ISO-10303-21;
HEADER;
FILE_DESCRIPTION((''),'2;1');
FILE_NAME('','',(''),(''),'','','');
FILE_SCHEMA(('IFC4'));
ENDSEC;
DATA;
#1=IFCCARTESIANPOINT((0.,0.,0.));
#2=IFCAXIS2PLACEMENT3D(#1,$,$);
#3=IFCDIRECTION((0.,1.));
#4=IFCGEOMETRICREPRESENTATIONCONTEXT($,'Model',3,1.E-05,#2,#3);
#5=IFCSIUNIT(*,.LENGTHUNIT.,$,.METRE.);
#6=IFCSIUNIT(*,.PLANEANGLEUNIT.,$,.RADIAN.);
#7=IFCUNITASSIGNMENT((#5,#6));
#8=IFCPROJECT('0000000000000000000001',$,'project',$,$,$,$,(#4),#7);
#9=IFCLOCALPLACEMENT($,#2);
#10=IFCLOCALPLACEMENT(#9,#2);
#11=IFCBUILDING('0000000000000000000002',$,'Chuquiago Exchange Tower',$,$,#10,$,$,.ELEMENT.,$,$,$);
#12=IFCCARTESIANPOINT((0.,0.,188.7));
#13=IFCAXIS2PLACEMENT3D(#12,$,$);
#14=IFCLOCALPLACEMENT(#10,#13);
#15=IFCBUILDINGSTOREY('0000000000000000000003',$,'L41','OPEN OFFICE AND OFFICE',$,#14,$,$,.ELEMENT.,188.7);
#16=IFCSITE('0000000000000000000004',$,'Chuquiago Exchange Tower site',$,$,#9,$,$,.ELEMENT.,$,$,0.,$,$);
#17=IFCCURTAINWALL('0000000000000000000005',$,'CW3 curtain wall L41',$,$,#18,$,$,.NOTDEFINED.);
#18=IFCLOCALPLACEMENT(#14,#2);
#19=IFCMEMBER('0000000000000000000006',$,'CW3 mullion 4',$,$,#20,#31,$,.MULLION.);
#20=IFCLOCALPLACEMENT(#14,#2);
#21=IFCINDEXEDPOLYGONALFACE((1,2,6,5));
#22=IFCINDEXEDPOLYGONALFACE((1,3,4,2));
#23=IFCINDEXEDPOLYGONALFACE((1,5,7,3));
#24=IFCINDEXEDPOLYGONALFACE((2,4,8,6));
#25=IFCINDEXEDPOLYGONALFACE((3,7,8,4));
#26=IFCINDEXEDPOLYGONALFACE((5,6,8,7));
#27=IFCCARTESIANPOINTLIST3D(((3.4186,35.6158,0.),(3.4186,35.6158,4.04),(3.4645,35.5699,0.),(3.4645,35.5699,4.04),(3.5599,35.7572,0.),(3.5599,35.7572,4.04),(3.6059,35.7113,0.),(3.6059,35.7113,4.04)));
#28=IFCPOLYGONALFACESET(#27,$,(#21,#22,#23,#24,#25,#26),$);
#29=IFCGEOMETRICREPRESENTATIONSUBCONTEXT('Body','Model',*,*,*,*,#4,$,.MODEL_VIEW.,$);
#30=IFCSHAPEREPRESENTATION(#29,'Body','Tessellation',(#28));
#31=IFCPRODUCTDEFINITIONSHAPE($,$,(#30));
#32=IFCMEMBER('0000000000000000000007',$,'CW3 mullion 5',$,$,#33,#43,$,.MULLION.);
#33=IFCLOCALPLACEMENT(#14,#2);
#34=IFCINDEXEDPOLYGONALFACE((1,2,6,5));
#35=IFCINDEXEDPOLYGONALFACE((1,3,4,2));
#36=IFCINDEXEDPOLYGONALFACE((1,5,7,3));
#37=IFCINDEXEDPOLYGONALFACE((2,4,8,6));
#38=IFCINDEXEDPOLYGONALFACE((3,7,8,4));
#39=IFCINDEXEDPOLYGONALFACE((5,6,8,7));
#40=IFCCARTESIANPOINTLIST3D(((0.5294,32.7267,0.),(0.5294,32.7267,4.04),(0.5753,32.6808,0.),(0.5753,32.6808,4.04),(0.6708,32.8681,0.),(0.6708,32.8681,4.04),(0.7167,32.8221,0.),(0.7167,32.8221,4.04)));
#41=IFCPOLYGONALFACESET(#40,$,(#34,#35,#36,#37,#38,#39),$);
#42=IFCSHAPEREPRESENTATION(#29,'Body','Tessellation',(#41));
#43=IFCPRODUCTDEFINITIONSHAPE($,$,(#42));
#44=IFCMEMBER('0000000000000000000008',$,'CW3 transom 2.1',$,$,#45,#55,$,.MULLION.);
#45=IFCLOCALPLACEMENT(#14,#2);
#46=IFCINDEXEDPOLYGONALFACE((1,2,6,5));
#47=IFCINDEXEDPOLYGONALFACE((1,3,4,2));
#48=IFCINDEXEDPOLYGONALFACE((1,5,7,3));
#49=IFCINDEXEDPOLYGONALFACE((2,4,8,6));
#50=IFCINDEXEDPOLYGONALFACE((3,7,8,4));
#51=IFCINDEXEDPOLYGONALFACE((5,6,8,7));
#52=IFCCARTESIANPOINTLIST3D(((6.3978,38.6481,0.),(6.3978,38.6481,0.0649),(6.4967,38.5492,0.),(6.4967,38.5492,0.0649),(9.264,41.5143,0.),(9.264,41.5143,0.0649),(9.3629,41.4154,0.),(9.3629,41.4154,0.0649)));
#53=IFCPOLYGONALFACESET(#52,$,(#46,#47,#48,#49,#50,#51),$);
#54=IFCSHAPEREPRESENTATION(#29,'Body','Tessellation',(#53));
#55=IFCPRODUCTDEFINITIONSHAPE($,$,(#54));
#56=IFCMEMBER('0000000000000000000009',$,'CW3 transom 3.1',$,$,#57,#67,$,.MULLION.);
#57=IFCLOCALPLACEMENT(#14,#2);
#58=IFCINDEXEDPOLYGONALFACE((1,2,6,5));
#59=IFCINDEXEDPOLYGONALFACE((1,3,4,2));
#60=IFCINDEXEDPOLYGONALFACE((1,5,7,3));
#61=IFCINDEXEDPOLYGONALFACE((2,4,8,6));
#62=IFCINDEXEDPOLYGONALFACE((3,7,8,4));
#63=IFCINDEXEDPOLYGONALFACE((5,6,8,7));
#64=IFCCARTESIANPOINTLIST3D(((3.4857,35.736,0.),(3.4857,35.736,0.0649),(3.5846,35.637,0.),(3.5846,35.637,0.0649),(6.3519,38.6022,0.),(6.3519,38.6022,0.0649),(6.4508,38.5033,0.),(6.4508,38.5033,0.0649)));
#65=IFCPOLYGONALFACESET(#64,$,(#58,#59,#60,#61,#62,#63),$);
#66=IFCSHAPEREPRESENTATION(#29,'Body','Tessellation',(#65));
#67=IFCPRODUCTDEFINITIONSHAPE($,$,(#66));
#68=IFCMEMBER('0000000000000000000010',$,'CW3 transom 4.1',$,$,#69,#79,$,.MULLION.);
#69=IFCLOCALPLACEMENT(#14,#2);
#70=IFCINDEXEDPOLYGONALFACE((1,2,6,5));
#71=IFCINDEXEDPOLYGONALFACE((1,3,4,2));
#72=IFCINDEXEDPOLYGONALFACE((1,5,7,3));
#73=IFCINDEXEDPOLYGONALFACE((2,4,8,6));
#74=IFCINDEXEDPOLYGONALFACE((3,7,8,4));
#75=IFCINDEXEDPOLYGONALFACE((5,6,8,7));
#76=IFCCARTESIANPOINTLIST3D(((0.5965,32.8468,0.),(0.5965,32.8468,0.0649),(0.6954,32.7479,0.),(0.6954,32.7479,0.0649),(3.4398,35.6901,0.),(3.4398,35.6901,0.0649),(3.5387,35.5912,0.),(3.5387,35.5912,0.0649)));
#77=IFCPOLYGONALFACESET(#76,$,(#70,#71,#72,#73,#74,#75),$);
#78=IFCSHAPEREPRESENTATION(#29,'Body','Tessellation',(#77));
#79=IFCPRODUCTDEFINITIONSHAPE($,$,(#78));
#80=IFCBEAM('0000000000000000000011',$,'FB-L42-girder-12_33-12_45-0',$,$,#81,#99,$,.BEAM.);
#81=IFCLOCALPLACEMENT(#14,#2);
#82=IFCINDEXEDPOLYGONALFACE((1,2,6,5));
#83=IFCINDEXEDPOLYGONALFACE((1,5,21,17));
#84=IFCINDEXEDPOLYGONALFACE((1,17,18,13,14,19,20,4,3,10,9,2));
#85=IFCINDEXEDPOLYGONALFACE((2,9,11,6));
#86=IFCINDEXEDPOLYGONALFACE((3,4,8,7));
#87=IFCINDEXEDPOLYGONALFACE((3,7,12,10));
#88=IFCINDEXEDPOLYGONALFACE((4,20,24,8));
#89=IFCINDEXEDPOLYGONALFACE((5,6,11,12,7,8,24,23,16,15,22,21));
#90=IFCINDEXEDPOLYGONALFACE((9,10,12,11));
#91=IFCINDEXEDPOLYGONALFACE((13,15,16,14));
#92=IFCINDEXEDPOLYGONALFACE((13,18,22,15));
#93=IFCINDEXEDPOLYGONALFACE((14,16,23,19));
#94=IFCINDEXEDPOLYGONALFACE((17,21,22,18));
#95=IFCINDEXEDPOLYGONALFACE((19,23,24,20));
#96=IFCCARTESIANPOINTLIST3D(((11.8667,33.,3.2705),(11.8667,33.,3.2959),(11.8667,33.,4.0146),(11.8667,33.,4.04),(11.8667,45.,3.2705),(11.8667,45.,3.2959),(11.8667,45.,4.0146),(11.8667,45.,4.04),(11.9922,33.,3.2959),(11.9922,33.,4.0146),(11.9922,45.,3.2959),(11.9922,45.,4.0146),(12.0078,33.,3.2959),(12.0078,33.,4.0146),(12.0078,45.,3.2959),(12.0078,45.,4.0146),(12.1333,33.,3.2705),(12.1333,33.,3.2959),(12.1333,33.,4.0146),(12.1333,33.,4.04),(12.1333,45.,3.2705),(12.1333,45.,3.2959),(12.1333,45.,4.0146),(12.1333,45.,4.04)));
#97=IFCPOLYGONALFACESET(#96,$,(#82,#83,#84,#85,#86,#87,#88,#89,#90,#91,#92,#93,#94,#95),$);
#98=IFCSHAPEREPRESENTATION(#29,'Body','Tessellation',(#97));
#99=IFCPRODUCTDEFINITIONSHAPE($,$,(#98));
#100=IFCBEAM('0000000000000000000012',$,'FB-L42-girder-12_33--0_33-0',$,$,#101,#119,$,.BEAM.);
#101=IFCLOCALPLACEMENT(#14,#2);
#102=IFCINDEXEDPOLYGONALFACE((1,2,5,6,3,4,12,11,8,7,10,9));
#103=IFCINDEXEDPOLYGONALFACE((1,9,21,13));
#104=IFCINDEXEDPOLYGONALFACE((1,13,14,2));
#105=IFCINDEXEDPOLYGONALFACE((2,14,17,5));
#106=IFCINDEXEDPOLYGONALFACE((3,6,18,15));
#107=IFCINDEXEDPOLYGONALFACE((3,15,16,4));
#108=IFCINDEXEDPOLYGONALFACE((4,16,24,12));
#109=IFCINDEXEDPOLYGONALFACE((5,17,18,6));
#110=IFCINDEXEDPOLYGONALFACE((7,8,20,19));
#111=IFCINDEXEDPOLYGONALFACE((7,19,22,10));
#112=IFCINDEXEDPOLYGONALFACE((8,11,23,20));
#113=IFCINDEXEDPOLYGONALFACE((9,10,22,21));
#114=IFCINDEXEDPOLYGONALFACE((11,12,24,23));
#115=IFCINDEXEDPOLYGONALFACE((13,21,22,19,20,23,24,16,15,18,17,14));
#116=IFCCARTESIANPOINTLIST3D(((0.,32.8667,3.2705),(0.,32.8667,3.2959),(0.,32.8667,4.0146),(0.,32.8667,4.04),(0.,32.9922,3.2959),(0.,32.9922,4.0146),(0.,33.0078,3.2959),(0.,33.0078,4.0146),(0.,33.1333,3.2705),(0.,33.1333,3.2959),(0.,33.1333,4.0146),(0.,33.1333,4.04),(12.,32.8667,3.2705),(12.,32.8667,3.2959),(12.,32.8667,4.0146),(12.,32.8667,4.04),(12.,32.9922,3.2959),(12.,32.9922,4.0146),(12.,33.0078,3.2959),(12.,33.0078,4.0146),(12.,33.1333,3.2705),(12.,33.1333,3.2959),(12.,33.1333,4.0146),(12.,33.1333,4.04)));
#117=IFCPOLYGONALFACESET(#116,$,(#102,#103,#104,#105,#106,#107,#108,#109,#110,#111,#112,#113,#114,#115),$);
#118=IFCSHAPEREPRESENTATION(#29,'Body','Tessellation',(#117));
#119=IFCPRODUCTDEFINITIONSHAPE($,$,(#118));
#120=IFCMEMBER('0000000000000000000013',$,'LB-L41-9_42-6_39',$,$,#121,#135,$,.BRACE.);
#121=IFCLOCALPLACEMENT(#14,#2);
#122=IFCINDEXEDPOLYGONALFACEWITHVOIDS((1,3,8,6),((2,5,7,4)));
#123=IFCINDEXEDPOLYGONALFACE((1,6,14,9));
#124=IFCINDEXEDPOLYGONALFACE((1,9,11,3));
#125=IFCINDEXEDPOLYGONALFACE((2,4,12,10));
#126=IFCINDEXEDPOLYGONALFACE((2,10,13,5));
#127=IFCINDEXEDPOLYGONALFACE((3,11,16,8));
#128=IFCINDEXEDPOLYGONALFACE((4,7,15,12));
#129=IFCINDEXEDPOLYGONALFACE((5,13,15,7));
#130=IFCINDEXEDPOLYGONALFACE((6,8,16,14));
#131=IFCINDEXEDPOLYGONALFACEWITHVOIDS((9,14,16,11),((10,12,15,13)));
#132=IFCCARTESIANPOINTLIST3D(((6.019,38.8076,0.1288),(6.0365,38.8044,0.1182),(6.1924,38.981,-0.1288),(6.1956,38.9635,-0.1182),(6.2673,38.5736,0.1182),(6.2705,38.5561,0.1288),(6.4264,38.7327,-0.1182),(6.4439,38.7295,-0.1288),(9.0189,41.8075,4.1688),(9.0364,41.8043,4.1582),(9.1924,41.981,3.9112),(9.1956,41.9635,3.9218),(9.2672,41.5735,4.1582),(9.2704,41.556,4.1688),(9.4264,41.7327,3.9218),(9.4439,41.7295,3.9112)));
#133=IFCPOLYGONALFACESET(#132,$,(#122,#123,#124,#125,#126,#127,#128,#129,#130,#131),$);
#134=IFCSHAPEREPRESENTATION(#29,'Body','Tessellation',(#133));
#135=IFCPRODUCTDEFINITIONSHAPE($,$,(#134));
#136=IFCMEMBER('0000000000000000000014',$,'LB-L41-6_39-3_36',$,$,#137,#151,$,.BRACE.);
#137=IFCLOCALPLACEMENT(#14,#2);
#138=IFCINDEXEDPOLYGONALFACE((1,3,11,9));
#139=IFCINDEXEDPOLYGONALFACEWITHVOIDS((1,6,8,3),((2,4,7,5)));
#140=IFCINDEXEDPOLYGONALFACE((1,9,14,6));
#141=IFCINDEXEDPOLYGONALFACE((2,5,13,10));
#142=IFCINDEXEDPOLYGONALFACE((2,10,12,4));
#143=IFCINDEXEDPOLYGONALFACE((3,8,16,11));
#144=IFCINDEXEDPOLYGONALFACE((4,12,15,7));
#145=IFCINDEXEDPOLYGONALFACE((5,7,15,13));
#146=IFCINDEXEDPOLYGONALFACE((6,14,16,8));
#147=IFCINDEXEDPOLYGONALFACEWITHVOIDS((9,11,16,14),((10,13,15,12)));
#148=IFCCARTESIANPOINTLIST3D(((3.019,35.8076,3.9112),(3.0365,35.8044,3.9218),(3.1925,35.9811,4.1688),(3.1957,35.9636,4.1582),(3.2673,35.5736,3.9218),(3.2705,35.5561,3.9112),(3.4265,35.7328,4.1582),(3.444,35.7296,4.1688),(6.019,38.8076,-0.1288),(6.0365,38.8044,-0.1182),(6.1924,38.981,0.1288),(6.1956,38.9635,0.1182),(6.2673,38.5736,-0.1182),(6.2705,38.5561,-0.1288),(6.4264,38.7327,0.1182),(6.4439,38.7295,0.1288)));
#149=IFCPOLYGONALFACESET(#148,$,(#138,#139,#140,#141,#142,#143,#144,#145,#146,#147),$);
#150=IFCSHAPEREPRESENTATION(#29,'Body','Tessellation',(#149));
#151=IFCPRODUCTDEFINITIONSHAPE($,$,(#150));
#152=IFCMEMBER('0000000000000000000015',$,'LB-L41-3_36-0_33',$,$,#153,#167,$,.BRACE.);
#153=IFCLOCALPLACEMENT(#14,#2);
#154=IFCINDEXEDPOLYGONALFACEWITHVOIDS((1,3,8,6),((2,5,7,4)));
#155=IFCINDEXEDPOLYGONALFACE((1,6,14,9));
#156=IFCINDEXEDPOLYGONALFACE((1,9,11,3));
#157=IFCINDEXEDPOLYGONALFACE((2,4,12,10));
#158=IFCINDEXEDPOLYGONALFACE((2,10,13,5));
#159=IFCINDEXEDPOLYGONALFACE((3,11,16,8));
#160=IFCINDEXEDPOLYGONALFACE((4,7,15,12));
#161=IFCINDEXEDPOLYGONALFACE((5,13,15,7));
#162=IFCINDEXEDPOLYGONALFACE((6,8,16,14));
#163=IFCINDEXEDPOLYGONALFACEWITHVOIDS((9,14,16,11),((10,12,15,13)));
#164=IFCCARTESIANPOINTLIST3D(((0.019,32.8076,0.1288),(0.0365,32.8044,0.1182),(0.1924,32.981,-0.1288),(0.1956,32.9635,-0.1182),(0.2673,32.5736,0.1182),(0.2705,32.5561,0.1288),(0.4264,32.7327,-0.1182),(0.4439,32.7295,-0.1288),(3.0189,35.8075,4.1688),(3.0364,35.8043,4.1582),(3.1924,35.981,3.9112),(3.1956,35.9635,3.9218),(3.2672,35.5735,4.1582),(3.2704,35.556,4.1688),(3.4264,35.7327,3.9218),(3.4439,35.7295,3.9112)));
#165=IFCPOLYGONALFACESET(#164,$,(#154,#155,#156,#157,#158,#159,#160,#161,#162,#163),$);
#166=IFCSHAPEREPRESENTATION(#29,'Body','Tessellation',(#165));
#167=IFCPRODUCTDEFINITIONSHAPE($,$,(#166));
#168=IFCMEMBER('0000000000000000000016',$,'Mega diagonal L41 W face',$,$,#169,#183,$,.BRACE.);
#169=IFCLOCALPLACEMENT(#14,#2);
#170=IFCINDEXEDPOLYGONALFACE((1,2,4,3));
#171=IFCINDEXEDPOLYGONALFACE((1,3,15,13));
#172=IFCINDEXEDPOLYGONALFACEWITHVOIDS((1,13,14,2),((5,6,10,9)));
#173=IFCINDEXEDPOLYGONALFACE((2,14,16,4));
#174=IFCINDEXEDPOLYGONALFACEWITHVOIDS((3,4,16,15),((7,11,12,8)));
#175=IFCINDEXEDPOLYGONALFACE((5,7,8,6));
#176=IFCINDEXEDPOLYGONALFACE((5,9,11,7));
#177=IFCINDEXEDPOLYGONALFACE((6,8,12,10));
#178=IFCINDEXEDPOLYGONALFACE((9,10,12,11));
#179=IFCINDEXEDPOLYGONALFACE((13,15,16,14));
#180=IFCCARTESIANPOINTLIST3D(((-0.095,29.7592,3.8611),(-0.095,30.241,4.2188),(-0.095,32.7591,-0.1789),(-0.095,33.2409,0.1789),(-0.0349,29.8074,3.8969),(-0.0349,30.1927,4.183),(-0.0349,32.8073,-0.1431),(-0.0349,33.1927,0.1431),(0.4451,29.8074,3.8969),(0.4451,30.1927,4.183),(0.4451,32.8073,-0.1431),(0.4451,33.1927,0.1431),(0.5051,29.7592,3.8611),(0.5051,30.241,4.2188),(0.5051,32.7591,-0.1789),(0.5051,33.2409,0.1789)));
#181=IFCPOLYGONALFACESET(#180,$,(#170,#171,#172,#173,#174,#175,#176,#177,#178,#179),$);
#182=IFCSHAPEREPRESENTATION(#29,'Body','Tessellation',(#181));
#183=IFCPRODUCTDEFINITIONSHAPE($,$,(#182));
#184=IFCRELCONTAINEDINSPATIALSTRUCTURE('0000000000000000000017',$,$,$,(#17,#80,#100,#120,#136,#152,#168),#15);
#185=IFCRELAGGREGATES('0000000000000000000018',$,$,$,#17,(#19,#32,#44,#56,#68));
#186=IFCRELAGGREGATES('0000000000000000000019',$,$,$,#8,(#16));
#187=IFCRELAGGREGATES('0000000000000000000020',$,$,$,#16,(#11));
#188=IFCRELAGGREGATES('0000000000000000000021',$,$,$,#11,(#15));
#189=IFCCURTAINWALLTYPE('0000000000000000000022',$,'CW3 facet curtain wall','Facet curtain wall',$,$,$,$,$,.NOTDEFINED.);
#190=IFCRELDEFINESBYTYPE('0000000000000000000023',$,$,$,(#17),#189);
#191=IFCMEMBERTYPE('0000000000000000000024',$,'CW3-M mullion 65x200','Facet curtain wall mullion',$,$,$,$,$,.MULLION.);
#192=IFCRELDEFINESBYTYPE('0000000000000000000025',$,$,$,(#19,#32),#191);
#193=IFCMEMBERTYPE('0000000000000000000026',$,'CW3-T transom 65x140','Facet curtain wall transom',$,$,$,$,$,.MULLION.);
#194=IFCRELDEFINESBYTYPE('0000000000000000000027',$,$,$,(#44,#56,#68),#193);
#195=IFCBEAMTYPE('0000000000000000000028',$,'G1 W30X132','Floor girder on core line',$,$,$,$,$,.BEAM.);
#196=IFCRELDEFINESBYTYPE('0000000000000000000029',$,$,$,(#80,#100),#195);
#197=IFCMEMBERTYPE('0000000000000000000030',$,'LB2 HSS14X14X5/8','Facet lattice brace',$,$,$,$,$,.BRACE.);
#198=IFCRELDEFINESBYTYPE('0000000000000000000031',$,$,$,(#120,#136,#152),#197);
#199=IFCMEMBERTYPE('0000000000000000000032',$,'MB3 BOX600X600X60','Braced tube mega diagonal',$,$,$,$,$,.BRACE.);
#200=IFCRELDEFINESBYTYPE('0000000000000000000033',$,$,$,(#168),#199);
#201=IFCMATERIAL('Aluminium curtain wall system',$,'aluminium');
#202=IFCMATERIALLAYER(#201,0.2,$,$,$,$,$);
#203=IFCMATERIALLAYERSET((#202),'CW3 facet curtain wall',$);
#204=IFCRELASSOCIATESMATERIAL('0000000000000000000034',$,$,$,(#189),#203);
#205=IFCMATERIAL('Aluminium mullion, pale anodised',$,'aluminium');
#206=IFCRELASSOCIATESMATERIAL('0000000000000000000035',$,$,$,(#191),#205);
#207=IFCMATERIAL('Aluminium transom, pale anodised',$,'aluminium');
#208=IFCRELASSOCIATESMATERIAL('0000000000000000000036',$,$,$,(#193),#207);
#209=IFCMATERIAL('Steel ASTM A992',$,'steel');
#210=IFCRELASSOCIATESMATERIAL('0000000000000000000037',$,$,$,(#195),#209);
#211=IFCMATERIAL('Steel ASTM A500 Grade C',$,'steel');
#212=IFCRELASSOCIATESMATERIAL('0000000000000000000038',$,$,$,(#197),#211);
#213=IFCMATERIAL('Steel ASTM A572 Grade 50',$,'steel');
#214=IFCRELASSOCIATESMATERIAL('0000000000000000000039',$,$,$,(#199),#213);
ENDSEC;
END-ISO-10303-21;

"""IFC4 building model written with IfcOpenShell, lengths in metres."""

from ifc_helpers import new_model, si_unit, direction, frame, origin, origin_2d, place, context, subcontext, project, spatial, rectangle, hollow_rectangle, i_section, extrude, material, layer, layer_set, material_profile, profile_set, type_object, element, aggregate, save


model = new_model("IFC4")

# Units and contexts
model_context = context("Model", 3, precision=1e-05, world=origin(), true_north=direction((0.0, 1.0)))
body_context = subcontext(model_context, "Body", "Model", "MODEL_VIEW")
ifc_project = project(units=[si_unit("LENGTHUNIT", "METRE"), si_unit("PLANEANGLEUNIT", "RADIAN")], contexts=[model_context])

# Site, building, storey
site_placement = place(None, origin())
site = spatial("IfcSite", under=ifc_project, at=site_placement, Name="Chuquiago Exchange Tower site", CompositionType="ELEMENT", RefElevation=0.0)
building_placement = place(site_placement, origin())
building = spatial("IfcBuilding", under=site, at=building_placement, Name="Chuquiago Exchange Tower", CompositionType="ELEMENT")
storey_placement = place(building_placement, frame((0.0, 0.0, 188.7)))
storey = spatial("IfcBuildingStorey", under=building, at=storey_placement, Name="L41", Description="OPEN OFFICE AND OFFICE", CompositionType="ELEMENT", Elevation=188.7)

# Curtain wall, members
ifc_material_1 = material(Name="Aluminium curtain wall system", Category="aluminium")
ifc_layer_1 = layer(ifc_material_1, 0.2)
ifc_layer_set_1 = layer_set([ifc_layer_1], Name="CW3 facet curtain wall")
curtain_wall_type_1 = type_object("IfcCurtainWallType", Name="CW3 facet curtain wall", Description="Facet curtain wall", PredefinedType="NOTDEFINED", material=ifc_layer_set_1)
curtain_wall_1_placement = place(storey_placement, origin())
curtain_wall_1 = element("IfcCurtainWall", 1, at=curtain_wall_1_placement, inside=storey, type_object=curtain_wall_type_1, Name="CW3 curtain wall L41", PredefinedType="NOTDEFINED")
ifc_material_2 = material(Name="Aluminium mullion, pale anodised", Category="aluminium")
ifc_material_profile_1 = material_profile(ifc_material_2, rectangle(XDim=0.0649, YDim=0.2, at=origin_2d()), Name="AL 65x200")
ifc_profile_set_1 = profile_set([ifc_material_profile_1], Name="Aluminium mullion, pale anodised")
member_type_1 = type_object("IfcMemberType", Name="CW3-M mullion 65x200", Description="Facet curtain wall mullion", PredefinedType="MULLION", material=ifc_profile_set_1)
member_1_placement = place(storey_placement, frame((3.5122, 35.6636, 0.0), z_axis=(0.0, 0.0, 1.0), x_axis=(0.707107, -0.707107, 0.0)))
member_1 = element("IfcMember", 2, at=member_1_placement, type_object=member_type_1, Name="CW3 mullion 4", PredefinedType="MULLION", context=body_context, shape_type="SweptSolid", body=[
    extrude(rectangle(XDim=0.0649, YDim=0.2, at=origin_2d()), origin(), (0.0, 0.0, 1.0), 4.04),
])
member_2_placement = place(storey_placement, frame((0.623, 32.7744, 0.0), z_axis=(0.0, 0.0, 1.0), x_axis=(0.707107, -0.707107, 0.0)))
member_2 = element("IfcMember", 3, at=member_2_placement, type_object=member_type_1, Name="CW3 mullion 5", PredefinedType="MULLION", context=body_context, shape_type="SweptSolid", body=[
    extrude(rectangle(XDim=0.0649, YDim=0.2, at=origin_2d()), origin(), (0.0, 0.0, 1.0), 4.04),
])
ifc_material_3 = material(Name="Aluminium transom, pale anodised", Category="aluminium")
ifc_material_profile_2 = material_profile(ifc_material_3, rectangle(XDim=0.1399, YDim=0.0649, at=origin_2d()), Name="AL 140x65")
ifc_profile_set_2 = profile_set([ifc_material_profile_2], Name="Aluminium transom, pale anodised")
member_type_2 = type_object("IfcMemberType", Name="CW3-T transom 65x140", Description="Facet curtain wall transom", PredefinedType="MULLION", material=ifc_profile_set_2)
member_3_placement = place(storey_placement, frame((9.3135, 41.4648, 0.0325), z_axis=(-0.707107, -0.707107, 0.0), x_axis=(0.707107, -0.707107, 0.0)))
member_3 = element("IfcMember", 4, at=member_3_placement, type_object=member_type_2, Name="CW3 transom 2.1", PredefinedType="MULLION", context=body_context, shape_type="SweptSolid", body=[
    extrude(rectangle(XDim=0.1399, YDim=0.0649, at=origin_2d()), origin(), (0.0, 0.0, 1.0), 4.0535),
])
member_4_placement = place(storey_placement, frame((6.4014, 38.5527, 0.0325), z_axis=(-0.707107, -0.707107, 0.0), x_axis=(0.707107, -0.707107, 0.0)))
member_4 = element("IfcMember", 5, at=member_4_placement, type_object=member_type_2, Name="CW3 transom 3.1", PredefinedType="MULLION", context=body_context, shape_type="SweptSolid", body=[
    extrude(rectangle(XDim=0.1399, YDim=0.0649, at=origin_2d()), origin(), (0.0, 0.0, 1.0), 4.0535),
])
member_5_placement = place(storey_placement, frame((3.4893, 35.6406, 0.0325), z_axis=(-0.707107, -0.707107, 0.0), x_axis=(0.707107, -0.707107, 0.0)))
member_5 = element("IfcMember", 6, at=member_5_placement, type_object=member_type_2, Name="CW3 transom 4.1", PredefinedType="MULLION", context=body_context, shape_type="SweptSolid", body=[
    extrude(rectangle(XDim=0.1399, YDim=0.0649, at=origin_2d()), origin(), (0.0, 0.0, 1.0), 4.021),
])

# Beams
ifc_material_4 = material(Name="Steel ASTM A992", Category="steel")
ifc_material_profile_3 = material_profile(ifc_material_4, i_section(OverallWidth=0.2666, OverallDepth=0.7695, WebThickness=0.0156, FlangeThickness=0.0254, at=origin_2d()), Name="W30X132")
ifc_profile_set_3 = profile_set([ifc_material_profile_3], Name="Steel ASTM A992")
beam_type_1 = type_object("IfcBeamType", Name="G1 W30X132", Description="Floor girder on core line", PredefinedType="BEAM", material=ifc_profile_set_3)
for number, where, z_axis, x_axis, name in (
    (7, (12.0, 33.0, 3.6553), (0.0, 1.0, 0.0), (-1.0, 0.0, 0.0), "FB-L42-girder-12_33-12_45-0"),
    (8, (12.0, 33.0, 3.6553), (-1.0, 0.0, 0.0), (0.0, -1.0, 0.0), "FB-L42-girder-12_33--0_33-0"),
):
    element("IfcBeam", number, at=place(storey_placement, frame(where, z_axis=z_axis, x_axis=x_axis)), inside=storey, type_object=beam_type_1, Name=name, PredefinedType="BEAM", context=body_context, shape_type="SweptSolid", body=[
        extrude(i_section(OverallWidth=0.2666, OverallDepth=0.7695, WebThickness=0.0156, FlangeThickness=0.0254, at=origin_2d()), origin(), (0.0, 0.0, 1.0), 12.0),
    ])

# Members
ifc_material_5 = material(Name="Steel ASTM A500 Grade C", Category="steel")
ifc_material_profile_4 = material_profile(ifc_material_5, hollow_rectangle(XDim=0.3557, YDim=0.3557, WallThickness=0.0146, at=origin_2d()), Name="HSS14X14X5/8")
ifc_profile_set_4 = profile_set([ifc_material_profile_4], Name="Steel ASTM A500 Grade C")
member_type_3 = type_object("IfcMemberType", Name="LB2 HSS14X14X5/8", Description="Facet lattice brace", PredefinedType="BRACE", material=ifc_profile_set_4)
for number, where, z_axis, x_axis, name in (
    (9, (6.2314, 38.7686, 0.0), (0.512077, 0.512077, 0.689604), (-0.707107, 0.707107, 0.0), "LB-L41-9_42-6_39"),
    (10, (6.2314, 38.7686, 0.0), (-0.512077, -0.512077, 0.689604), (0.707107, -0.707107, 0.0), "LB-L41-6_39-3_36"),
    (11, (0.2314, 32.7686, 0.0), (0.512077, 0.512077, 0.689604), (-0.707107, 0.707107, 0.0), "LB-L41-3_36-0_33"),
):
    element("IfcMember", number, at=place(storey_placement, frame(where, z_axis=z_axis, x_axis=x_axis)), inside=storey, type_object=member_type_3, Name=name, PredefinedType="BRACE", context=body_context, shape_type="SweptSolid", body=[
        extrude(hollow_rectangle(XDim=0.3557, YDim=0.3557, WallThickness=0.0146, at=origin_2d()), origin(), (0.0, 0.0, 1.0), 5.8584),
    ])
ifc_material_6 = material(Name="Steel ASTM A572 Grade 50", Category="steel")
ifc_material_profile_5 = material_profile(ifc_material_6, hollow_rectangle(XDim=0.6001, YDim=0.6001, WallThickness=0.0601, at=origin_2d()), Name="BOX600X600X60")
ifc_profile_set_5 = profile_set([ifc_material_profile_5], Name="Steel ASTM A572 Grade 50")
member_type_4 = type_object("IfcMemberType", Name="MB3 BOX600X600X60", Description="Braced tube mega diagonal", PredefinedType="BRACE", material=ifc_profile_set_5)
member_6_placement = place(storey_placement, frame((0.2051, 33.0, 0.0), z_axis=(0.0, -0.596174, 0.802855), x_axis=(1.0, 0.0, 0.0)))
element("IfcMember", 12, at=member_6_placement, inside=storey, type_object=member_type_4, Name="Mega diagonal L41 W face", PredefinedType="BRACE", context=body_context, shape_type="SweptSolid", body=[
    extrude(hollow_rectangle(XDim=0.6001, YDim=0.6001, WallThickness=0.0601, at=origin_2d()), origin(), (0.0, 0.0, 1.0), 5.032),
])

aggregate(curtain_wall_1, [member_1, member_2, member_3, member_4, member_5])

save(model, "model.ifc")
